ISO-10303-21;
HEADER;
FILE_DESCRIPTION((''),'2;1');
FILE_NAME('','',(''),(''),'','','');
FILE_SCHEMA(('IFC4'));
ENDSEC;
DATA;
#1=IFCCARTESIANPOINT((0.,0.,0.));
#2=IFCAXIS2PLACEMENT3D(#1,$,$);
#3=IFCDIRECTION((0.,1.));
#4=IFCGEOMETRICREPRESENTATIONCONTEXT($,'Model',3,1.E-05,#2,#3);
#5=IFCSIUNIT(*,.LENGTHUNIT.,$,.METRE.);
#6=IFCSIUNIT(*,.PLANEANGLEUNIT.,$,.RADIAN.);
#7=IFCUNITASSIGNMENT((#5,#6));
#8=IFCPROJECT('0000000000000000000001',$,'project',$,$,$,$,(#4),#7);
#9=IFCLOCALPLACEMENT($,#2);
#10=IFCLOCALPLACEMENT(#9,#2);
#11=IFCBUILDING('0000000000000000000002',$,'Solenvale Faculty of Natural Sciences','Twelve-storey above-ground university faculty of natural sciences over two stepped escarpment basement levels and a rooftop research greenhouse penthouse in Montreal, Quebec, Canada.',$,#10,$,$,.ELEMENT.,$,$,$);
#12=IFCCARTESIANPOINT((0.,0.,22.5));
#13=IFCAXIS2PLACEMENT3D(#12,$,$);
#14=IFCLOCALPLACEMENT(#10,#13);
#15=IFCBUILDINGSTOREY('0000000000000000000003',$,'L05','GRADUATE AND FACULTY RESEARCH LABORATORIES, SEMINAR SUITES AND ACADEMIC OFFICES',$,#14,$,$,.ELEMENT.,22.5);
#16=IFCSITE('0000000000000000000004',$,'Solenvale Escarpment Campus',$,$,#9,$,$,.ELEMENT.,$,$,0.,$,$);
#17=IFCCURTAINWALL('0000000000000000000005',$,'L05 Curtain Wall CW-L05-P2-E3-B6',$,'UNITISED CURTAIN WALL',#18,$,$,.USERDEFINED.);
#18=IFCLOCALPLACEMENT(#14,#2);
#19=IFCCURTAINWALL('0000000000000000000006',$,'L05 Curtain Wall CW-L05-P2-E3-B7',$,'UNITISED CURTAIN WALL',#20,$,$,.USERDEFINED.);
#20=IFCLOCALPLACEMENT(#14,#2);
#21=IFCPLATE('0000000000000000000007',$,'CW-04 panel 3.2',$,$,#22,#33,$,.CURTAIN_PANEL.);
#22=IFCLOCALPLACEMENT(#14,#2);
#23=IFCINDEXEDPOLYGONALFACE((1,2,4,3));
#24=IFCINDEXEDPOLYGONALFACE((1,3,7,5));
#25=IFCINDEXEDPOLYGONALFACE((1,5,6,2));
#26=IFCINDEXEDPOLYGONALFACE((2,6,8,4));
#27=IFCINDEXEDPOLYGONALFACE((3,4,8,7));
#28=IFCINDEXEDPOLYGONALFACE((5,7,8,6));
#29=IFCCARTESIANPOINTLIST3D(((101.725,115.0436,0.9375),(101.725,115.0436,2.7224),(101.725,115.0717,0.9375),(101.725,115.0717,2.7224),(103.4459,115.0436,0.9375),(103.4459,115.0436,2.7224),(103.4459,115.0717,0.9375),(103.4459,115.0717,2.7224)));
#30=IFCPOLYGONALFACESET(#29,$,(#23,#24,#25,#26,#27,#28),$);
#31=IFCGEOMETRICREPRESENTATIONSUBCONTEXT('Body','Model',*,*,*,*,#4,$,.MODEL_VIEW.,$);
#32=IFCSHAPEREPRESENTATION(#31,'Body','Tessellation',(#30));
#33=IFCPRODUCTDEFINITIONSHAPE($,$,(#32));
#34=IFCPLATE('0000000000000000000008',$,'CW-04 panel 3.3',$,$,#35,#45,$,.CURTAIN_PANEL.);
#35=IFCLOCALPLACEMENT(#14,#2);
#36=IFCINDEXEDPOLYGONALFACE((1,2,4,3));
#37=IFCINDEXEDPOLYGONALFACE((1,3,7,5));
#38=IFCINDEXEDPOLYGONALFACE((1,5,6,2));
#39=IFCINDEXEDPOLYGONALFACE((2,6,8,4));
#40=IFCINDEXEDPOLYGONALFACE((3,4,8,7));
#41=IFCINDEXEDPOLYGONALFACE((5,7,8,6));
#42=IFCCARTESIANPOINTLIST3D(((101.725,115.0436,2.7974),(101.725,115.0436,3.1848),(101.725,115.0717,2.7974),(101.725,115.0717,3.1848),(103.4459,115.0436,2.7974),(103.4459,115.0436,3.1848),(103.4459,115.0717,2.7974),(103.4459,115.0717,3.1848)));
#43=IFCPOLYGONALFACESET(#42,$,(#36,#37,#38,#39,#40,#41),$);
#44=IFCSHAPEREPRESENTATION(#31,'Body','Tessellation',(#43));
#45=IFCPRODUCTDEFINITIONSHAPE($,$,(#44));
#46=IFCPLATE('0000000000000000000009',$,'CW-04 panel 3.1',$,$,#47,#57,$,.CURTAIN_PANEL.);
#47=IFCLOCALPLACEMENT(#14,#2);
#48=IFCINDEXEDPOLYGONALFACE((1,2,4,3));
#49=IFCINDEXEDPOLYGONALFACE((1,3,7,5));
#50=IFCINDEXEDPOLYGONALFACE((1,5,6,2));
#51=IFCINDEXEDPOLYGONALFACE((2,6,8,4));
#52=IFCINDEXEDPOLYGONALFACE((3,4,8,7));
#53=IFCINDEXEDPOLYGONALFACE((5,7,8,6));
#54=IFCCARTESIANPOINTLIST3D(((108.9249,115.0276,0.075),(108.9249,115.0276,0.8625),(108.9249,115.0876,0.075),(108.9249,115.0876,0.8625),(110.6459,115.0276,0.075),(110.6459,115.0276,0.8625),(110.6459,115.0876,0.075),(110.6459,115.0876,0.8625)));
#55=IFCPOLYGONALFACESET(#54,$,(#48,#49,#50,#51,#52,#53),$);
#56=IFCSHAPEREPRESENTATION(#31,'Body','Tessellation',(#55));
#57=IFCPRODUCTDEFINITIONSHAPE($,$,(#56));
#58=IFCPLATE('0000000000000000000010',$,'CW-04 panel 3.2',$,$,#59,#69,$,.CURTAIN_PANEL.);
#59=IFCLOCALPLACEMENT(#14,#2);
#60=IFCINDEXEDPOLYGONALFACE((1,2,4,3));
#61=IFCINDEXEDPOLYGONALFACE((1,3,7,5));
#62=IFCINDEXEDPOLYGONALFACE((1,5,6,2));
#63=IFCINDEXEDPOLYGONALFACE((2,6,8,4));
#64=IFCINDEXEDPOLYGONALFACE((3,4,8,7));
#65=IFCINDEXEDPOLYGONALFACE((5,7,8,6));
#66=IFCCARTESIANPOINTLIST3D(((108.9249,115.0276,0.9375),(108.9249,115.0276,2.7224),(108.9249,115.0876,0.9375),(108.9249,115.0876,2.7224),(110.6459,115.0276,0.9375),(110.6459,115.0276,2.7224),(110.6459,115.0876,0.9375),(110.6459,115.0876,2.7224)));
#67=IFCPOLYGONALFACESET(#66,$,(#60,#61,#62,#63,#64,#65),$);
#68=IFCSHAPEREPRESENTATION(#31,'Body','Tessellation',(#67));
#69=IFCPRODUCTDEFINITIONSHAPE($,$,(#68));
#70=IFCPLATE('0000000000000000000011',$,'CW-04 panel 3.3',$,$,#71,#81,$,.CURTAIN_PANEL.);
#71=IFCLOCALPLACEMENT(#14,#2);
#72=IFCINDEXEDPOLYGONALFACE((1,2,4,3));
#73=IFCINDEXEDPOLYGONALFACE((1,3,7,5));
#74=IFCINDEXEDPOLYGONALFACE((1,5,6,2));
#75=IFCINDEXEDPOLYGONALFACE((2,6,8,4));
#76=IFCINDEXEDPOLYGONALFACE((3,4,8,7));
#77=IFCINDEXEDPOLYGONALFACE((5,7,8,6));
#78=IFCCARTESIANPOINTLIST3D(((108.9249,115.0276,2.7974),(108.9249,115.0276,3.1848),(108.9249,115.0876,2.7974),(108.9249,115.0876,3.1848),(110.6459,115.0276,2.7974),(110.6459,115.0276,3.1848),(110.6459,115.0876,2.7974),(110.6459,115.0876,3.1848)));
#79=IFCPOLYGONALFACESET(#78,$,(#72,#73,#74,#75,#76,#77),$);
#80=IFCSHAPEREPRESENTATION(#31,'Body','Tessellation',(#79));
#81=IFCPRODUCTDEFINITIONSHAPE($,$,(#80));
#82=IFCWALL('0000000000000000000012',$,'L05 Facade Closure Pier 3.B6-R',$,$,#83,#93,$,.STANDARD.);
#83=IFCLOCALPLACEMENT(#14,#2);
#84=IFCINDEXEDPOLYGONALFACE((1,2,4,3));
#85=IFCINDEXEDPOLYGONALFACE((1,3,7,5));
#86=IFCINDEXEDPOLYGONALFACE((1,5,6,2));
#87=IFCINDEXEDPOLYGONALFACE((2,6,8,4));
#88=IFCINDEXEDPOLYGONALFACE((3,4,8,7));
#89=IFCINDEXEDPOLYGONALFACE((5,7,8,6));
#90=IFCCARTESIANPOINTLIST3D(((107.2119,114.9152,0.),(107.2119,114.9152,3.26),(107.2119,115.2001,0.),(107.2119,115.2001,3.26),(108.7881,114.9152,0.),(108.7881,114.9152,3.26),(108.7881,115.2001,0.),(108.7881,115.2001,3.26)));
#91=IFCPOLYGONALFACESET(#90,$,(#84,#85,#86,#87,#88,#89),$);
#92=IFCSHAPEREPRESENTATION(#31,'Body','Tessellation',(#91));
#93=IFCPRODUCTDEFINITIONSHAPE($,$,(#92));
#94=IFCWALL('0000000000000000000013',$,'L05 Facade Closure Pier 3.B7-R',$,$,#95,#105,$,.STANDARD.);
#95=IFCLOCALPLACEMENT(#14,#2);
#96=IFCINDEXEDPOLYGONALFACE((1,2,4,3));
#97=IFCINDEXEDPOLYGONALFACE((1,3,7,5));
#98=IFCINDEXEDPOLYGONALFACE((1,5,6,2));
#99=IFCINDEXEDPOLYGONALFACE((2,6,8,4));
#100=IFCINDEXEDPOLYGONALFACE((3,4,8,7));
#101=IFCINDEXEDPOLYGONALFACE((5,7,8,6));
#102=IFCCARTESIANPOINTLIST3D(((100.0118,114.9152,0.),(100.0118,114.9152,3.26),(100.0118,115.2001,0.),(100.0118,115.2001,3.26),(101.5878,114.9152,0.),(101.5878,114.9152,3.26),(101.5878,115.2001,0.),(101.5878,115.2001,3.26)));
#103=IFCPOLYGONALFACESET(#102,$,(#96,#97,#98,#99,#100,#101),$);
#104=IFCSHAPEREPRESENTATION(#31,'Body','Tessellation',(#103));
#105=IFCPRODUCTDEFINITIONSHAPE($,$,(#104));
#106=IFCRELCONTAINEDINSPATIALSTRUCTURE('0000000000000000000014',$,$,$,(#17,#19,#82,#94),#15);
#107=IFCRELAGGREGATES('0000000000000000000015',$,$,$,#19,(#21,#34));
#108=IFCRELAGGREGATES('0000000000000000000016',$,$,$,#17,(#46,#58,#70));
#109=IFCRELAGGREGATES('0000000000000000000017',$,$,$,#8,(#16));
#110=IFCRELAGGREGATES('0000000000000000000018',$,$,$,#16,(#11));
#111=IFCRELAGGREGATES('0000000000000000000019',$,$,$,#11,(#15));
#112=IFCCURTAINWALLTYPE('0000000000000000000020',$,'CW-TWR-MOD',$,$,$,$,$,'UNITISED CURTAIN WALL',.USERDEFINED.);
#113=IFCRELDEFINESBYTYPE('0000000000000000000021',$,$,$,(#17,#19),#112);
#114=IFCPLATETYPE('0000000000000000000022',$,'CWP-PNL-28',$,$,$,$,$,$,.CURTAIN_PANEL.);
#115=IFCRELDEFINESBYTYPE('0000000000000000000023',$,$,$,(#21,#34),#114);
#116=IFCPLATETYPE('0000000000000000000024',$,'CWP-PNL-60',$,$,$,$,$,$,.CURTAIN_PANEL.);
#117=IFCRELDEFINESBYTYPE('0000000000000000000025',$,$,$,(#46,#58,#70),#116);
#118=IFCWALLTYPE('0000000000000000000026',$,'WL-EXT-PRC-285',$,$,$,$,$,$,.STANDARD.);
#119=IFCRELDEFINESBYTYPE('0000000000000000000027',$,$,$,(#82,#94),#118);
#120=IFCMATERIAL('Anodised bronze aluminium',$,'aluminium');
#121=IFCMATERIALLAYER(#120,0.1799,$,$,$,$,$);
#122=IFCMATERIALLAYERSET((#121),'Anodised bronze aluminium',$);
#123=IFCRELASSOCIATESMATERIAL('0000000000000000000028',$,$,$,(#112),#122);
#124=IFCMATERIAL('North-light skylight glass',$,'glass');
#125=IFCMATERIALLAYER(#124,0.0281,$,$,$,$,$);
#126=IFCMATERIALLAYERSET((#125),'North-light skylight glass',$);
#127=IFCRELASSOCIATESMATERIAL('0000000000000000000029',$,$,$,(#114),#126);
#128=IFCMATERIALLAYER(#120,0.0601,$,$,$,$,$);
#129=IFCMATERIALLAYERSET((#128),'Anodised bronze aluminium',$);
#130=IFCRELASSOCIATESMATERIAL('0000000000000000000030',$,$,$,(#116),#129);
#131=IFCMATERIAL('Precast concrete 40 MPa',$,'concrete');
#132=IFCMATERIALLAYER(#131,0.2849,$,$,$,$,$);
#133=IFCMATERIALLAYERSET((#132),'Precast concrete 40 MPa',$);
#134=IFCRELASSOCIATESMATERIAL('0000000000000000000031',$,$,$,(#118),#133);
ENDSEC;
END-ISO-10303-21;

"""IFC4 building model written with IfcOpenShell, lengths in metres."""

from ifc_helpers import new_model, si_unit, direction, frame, frame_2d, origin, origin_2d, place, context, subcontext, project, spatial, rectangle, extrude, material, layer, layer_set, type_object, element, aggregate, save


model = new_model("IFC4")

# Units and contexts
model_context = context("Model", 3, precision=1e-05, world=origin(), true_north=direction((0.0, 1.0)))
body_context = subcontext(model_context, "Body", "Model", "MODEL_VIEW")
ifc_project = project(units=[si_unit("LENGTHUNIT", "METRE"), si_unit("PLANEANGLEUNIT", "RADIAN")], contexts=[model_context])

# Site, building, storey
site_placement = place(None, origin())
site = spatial("IfcSite", under=ifc_project, at=site_placement, Name="Solenvale Escarpment Campus", CompositionType="ELEMENT", RefElevation=0.0)
building_placement = place(site_placement, origin())
building = spatial("IfcBuilding", under=site, at=building_placement, Name="Solenvale Faculty of Natural Sciences", Description="Twelve-storey above-ground university faculty of natural sciences over two stepped escarpment basement levels and a rooftop research greenhouse penthouse in Montreal, Quebec, Canada.", CompositionType="ELEMENT")
storey_placement = place(building_placement, frame((0.0, 0.0, 22.5)))
storey = spatial("IfcBuildingStorey", under=building, at=storey_placement, Name="L05", Description="GRADUATE AND FACULTY RESEARCH LABORATORIES, SEMINAR SUITES AND ACADEMIC OFFICES", CompositionType="ELEMENT", Elevation=22.5)

# Shared definitions
ifc_material_1 = material(Name="Precast concrete 40 MPa", Category="concrete")

# Curtain wall
ifc_material_2 = material(Name="Anodised bronze aluminium", Category="aluminium")
ifc_layer_1 = layer(ifc_material_2, 0.1799)
ifc_layer_set_1 = layer_set([ifc_layer_1], Name="Anodised bronze aluminium")
curtain_wall_type = type_object("IfcCurtainWallType", Name="CW-TWR-MOD", ElementType="UNITISED CURTAIN WALL", PredefinedType="USERDEFINED", material=ifc_layer_set_1)
curtain_wall_1_placement = place(storey_placement, origin())
curtain_wall_1 = element("IfcCurtainWall", 1, at=curtain_wall_1_placement, inside=storey, type_object=curtain_wall_type, Name="L05 Curtain Wall CW-L05-P2-E3-B6", ObjectType="UNITISED CURTAIN WALL", PredefinedType="USERDEFINED")

# Curtain wall
curtain_wall_2_placement = place(storey_placement, origin())
curtain_wall_2 = element("IfcCurtainWall", 2, at=curtain_wall_2_placement, inside=storey, type_object=curtain_wall_type, Name="L05 Curtain Wall CW-L05-P2-E3-B7", ObjectType="UNITISED CURTAIN WALL", PredefinedType="USERDEFINED")

# Plates
ifc_material_3 = material(Name="North-light skylight glass", Category="glass")
ifc_layer_2 = layer(ifc_material_3, 0.0281)
ifc_layer_set_2 = layer_set([ifc_layer_2], Name="North-light skylight glass")
plate_type_1 = type_object("IfcPlateType", Name="CWP-PNL-28", PredefinedType="CURTAIN_PANEL", material=ifc_layer_set_2)
plate_1_placement = place(storey_placement, frame((102.5854, 115.0576, 0.9375), z_axis=(0.0, 0.0, 1.0), x_axis=(-1.0, 0.0, 0.0)))
plate_1 = element("IfcPlate", 3, at=plate_1_placement, type_object=plate_type_1, Name="CW-04 panel 3.2", PredefinedType="CURTAIN_PANEL", context=body_context, shape_type="SweptSolid", body=[
    extrude(rectangle(XDim=1.7209, YDim=0.0281, at=origin_2d()), origin(), (0.0, 0.0, 1.0), 1.7849),
])
plate_2_placement = place(storey_placement, frame((102.5854, 115.0576, 2.7974), z_axis=(0.0, 0.0, 1.0), x_axis=(-1.0, 0.0, 0.0)))
plate_2 = element("IfcPlate", 4, at=plate_2_placement, type_object=plate_type_1, Name="CW-04 panel 3.3", PredefinedType="CURTAIN_PANEL", context=body_context, shape_type="SweptSolid", body=[
    extrude(rectangle(XDim=1.7209, YDim=0.0281, at=origin_2d()), origin(), (0.0, 0.0, 1.0), 0.3875),
])
aggregate(curtain_wall_2, [plate_1, plate_2])
ifc_layer_3 = layer(ifc_material_2, 0.0601)
ifc_layer_set_3 = layer_set([ifc_layer_3], Name="Anodised bronze aluminium")
plate_type_2 = type_object("IfcPlateType", Name="CWP-PNL-60", PredefinedType="CURTAIN_PANEL", material=ifc_layer_set_3)
plate_3_placement = place(storey_placement, frame((109.7854, 115.0576, 0.075), z_axis=(0.0, 0.0, 1.0), x_axis=(-1.0, 0.0, 0.0)))
plate_3 = element("IfcPlate", 5, at=plate_3_placement, type_object=plate_type_2, Name="CW-04 panel 3.1", PredefinedType="CURTAIN_PANEL", context=body_context, shape_type="SweptSolid", body=[
    extrude(rectangle(XDim=1.7209, YDim=0.0601, at=origin_2d()), origin(), (0.0, 0.0, 1.0), 0.7876),
])
plate_4_placement = place(storey_placement, frame((109.7854, 115.0576, 0.9375), z_axis=(0.0, 0.0, 1.0), x_axis=(-1.0, 0.0, 0.0)))
plate_4 = element("IfcPlate", 6, at=plate_4_placement, type_object=plate_type_2, Name="CW-04 panel 3.2", PredefinedType="CURTAIN_PANEL", context=body_context, shape_type="SweptSolid", body=[
    extrude(rectangle(XDim=1.7209, YDim=0.0601, at=origin_2d()), origin(), (0.0, 0.0, 1.0), 1.7849),
])
plate_5_placement = place(storey_placement, frame((109.7854, 115.0576, 2.7974), z_axis=(0.0, 0.0, 1.0), x_axis=(-1.0, 0.0, 0.0)))
plate_5 = element("IfcPlate", 7, at=plate_5_placement, type_object=plate_type_2, Name="CW-04 panel 3.3", PredefinedType="CURTAIN_PANEL", context=body_context, shape_type="SweptSolid", body=[
    extrude(rectangle(XDim=1.7209, YDim=0.0601, at=origin_2d()), origin(), (0.0, 0.0, 1.0), 0.3875),
])
aggregate(curtain_wall_1, [plate_3, plate_4, plate_5])

# Walls
ifc_layer_4 = layer(ifc_material_1, 0.2849)
ifc_layer_set_4 = layer_set([ifc_layer_4], Name="Precast concrete 40 MPa")
wall_type = type_object("IfcWallType", Name="WL-EXT-PRC-285", PredefinedType="STANDARD", material=ifc_layer_set_4)
wall_1_placement = place(storey_placement, frame((108.7881, 115.0576, 0.0), z_axis=(0.0, 0.0, 1.0), x_axis=(-1.0, 0.0, 0.0)))
element("IfcWall", 8, at=wall_1_placement, inside=storey, type_object=wall_type, Name="L05 Facade Closure Pier 3.B6-R", PredefinedType="STANDARD", context=body_context, shape_type="SweptSolid", body=[
    extrude(rectangle(XDim=1.5762, YDim=0.2849, at=frame_2d((0.7881, 0.0))), origin(), (0.0, 0.0, 1.0), 3.26),
])
wall_2_placement = place(storey_placement, frame((101.5879, 115.0576, 0.0), z_axis=(0.0, 0.0, 1.0), x_axis=(-1.0, 0.0, 0.0)))
element("IfcWall", 9, at=wall_2_placement, inside=storey, type_object=wall_type, Name="L05 Facade Closure Pier 3.B7-R", PredefinedType="STANDARD", context=body_context, shape_type="SweptSolid", body=[
    extrude(rectangle(XDim=1.5759, YDim=0.2849, at=frame_2d((0.7881, 0.0))), origin(), (0.0, 0.0, 1.0), 3.26),
])

save(model, "model.ifc")
